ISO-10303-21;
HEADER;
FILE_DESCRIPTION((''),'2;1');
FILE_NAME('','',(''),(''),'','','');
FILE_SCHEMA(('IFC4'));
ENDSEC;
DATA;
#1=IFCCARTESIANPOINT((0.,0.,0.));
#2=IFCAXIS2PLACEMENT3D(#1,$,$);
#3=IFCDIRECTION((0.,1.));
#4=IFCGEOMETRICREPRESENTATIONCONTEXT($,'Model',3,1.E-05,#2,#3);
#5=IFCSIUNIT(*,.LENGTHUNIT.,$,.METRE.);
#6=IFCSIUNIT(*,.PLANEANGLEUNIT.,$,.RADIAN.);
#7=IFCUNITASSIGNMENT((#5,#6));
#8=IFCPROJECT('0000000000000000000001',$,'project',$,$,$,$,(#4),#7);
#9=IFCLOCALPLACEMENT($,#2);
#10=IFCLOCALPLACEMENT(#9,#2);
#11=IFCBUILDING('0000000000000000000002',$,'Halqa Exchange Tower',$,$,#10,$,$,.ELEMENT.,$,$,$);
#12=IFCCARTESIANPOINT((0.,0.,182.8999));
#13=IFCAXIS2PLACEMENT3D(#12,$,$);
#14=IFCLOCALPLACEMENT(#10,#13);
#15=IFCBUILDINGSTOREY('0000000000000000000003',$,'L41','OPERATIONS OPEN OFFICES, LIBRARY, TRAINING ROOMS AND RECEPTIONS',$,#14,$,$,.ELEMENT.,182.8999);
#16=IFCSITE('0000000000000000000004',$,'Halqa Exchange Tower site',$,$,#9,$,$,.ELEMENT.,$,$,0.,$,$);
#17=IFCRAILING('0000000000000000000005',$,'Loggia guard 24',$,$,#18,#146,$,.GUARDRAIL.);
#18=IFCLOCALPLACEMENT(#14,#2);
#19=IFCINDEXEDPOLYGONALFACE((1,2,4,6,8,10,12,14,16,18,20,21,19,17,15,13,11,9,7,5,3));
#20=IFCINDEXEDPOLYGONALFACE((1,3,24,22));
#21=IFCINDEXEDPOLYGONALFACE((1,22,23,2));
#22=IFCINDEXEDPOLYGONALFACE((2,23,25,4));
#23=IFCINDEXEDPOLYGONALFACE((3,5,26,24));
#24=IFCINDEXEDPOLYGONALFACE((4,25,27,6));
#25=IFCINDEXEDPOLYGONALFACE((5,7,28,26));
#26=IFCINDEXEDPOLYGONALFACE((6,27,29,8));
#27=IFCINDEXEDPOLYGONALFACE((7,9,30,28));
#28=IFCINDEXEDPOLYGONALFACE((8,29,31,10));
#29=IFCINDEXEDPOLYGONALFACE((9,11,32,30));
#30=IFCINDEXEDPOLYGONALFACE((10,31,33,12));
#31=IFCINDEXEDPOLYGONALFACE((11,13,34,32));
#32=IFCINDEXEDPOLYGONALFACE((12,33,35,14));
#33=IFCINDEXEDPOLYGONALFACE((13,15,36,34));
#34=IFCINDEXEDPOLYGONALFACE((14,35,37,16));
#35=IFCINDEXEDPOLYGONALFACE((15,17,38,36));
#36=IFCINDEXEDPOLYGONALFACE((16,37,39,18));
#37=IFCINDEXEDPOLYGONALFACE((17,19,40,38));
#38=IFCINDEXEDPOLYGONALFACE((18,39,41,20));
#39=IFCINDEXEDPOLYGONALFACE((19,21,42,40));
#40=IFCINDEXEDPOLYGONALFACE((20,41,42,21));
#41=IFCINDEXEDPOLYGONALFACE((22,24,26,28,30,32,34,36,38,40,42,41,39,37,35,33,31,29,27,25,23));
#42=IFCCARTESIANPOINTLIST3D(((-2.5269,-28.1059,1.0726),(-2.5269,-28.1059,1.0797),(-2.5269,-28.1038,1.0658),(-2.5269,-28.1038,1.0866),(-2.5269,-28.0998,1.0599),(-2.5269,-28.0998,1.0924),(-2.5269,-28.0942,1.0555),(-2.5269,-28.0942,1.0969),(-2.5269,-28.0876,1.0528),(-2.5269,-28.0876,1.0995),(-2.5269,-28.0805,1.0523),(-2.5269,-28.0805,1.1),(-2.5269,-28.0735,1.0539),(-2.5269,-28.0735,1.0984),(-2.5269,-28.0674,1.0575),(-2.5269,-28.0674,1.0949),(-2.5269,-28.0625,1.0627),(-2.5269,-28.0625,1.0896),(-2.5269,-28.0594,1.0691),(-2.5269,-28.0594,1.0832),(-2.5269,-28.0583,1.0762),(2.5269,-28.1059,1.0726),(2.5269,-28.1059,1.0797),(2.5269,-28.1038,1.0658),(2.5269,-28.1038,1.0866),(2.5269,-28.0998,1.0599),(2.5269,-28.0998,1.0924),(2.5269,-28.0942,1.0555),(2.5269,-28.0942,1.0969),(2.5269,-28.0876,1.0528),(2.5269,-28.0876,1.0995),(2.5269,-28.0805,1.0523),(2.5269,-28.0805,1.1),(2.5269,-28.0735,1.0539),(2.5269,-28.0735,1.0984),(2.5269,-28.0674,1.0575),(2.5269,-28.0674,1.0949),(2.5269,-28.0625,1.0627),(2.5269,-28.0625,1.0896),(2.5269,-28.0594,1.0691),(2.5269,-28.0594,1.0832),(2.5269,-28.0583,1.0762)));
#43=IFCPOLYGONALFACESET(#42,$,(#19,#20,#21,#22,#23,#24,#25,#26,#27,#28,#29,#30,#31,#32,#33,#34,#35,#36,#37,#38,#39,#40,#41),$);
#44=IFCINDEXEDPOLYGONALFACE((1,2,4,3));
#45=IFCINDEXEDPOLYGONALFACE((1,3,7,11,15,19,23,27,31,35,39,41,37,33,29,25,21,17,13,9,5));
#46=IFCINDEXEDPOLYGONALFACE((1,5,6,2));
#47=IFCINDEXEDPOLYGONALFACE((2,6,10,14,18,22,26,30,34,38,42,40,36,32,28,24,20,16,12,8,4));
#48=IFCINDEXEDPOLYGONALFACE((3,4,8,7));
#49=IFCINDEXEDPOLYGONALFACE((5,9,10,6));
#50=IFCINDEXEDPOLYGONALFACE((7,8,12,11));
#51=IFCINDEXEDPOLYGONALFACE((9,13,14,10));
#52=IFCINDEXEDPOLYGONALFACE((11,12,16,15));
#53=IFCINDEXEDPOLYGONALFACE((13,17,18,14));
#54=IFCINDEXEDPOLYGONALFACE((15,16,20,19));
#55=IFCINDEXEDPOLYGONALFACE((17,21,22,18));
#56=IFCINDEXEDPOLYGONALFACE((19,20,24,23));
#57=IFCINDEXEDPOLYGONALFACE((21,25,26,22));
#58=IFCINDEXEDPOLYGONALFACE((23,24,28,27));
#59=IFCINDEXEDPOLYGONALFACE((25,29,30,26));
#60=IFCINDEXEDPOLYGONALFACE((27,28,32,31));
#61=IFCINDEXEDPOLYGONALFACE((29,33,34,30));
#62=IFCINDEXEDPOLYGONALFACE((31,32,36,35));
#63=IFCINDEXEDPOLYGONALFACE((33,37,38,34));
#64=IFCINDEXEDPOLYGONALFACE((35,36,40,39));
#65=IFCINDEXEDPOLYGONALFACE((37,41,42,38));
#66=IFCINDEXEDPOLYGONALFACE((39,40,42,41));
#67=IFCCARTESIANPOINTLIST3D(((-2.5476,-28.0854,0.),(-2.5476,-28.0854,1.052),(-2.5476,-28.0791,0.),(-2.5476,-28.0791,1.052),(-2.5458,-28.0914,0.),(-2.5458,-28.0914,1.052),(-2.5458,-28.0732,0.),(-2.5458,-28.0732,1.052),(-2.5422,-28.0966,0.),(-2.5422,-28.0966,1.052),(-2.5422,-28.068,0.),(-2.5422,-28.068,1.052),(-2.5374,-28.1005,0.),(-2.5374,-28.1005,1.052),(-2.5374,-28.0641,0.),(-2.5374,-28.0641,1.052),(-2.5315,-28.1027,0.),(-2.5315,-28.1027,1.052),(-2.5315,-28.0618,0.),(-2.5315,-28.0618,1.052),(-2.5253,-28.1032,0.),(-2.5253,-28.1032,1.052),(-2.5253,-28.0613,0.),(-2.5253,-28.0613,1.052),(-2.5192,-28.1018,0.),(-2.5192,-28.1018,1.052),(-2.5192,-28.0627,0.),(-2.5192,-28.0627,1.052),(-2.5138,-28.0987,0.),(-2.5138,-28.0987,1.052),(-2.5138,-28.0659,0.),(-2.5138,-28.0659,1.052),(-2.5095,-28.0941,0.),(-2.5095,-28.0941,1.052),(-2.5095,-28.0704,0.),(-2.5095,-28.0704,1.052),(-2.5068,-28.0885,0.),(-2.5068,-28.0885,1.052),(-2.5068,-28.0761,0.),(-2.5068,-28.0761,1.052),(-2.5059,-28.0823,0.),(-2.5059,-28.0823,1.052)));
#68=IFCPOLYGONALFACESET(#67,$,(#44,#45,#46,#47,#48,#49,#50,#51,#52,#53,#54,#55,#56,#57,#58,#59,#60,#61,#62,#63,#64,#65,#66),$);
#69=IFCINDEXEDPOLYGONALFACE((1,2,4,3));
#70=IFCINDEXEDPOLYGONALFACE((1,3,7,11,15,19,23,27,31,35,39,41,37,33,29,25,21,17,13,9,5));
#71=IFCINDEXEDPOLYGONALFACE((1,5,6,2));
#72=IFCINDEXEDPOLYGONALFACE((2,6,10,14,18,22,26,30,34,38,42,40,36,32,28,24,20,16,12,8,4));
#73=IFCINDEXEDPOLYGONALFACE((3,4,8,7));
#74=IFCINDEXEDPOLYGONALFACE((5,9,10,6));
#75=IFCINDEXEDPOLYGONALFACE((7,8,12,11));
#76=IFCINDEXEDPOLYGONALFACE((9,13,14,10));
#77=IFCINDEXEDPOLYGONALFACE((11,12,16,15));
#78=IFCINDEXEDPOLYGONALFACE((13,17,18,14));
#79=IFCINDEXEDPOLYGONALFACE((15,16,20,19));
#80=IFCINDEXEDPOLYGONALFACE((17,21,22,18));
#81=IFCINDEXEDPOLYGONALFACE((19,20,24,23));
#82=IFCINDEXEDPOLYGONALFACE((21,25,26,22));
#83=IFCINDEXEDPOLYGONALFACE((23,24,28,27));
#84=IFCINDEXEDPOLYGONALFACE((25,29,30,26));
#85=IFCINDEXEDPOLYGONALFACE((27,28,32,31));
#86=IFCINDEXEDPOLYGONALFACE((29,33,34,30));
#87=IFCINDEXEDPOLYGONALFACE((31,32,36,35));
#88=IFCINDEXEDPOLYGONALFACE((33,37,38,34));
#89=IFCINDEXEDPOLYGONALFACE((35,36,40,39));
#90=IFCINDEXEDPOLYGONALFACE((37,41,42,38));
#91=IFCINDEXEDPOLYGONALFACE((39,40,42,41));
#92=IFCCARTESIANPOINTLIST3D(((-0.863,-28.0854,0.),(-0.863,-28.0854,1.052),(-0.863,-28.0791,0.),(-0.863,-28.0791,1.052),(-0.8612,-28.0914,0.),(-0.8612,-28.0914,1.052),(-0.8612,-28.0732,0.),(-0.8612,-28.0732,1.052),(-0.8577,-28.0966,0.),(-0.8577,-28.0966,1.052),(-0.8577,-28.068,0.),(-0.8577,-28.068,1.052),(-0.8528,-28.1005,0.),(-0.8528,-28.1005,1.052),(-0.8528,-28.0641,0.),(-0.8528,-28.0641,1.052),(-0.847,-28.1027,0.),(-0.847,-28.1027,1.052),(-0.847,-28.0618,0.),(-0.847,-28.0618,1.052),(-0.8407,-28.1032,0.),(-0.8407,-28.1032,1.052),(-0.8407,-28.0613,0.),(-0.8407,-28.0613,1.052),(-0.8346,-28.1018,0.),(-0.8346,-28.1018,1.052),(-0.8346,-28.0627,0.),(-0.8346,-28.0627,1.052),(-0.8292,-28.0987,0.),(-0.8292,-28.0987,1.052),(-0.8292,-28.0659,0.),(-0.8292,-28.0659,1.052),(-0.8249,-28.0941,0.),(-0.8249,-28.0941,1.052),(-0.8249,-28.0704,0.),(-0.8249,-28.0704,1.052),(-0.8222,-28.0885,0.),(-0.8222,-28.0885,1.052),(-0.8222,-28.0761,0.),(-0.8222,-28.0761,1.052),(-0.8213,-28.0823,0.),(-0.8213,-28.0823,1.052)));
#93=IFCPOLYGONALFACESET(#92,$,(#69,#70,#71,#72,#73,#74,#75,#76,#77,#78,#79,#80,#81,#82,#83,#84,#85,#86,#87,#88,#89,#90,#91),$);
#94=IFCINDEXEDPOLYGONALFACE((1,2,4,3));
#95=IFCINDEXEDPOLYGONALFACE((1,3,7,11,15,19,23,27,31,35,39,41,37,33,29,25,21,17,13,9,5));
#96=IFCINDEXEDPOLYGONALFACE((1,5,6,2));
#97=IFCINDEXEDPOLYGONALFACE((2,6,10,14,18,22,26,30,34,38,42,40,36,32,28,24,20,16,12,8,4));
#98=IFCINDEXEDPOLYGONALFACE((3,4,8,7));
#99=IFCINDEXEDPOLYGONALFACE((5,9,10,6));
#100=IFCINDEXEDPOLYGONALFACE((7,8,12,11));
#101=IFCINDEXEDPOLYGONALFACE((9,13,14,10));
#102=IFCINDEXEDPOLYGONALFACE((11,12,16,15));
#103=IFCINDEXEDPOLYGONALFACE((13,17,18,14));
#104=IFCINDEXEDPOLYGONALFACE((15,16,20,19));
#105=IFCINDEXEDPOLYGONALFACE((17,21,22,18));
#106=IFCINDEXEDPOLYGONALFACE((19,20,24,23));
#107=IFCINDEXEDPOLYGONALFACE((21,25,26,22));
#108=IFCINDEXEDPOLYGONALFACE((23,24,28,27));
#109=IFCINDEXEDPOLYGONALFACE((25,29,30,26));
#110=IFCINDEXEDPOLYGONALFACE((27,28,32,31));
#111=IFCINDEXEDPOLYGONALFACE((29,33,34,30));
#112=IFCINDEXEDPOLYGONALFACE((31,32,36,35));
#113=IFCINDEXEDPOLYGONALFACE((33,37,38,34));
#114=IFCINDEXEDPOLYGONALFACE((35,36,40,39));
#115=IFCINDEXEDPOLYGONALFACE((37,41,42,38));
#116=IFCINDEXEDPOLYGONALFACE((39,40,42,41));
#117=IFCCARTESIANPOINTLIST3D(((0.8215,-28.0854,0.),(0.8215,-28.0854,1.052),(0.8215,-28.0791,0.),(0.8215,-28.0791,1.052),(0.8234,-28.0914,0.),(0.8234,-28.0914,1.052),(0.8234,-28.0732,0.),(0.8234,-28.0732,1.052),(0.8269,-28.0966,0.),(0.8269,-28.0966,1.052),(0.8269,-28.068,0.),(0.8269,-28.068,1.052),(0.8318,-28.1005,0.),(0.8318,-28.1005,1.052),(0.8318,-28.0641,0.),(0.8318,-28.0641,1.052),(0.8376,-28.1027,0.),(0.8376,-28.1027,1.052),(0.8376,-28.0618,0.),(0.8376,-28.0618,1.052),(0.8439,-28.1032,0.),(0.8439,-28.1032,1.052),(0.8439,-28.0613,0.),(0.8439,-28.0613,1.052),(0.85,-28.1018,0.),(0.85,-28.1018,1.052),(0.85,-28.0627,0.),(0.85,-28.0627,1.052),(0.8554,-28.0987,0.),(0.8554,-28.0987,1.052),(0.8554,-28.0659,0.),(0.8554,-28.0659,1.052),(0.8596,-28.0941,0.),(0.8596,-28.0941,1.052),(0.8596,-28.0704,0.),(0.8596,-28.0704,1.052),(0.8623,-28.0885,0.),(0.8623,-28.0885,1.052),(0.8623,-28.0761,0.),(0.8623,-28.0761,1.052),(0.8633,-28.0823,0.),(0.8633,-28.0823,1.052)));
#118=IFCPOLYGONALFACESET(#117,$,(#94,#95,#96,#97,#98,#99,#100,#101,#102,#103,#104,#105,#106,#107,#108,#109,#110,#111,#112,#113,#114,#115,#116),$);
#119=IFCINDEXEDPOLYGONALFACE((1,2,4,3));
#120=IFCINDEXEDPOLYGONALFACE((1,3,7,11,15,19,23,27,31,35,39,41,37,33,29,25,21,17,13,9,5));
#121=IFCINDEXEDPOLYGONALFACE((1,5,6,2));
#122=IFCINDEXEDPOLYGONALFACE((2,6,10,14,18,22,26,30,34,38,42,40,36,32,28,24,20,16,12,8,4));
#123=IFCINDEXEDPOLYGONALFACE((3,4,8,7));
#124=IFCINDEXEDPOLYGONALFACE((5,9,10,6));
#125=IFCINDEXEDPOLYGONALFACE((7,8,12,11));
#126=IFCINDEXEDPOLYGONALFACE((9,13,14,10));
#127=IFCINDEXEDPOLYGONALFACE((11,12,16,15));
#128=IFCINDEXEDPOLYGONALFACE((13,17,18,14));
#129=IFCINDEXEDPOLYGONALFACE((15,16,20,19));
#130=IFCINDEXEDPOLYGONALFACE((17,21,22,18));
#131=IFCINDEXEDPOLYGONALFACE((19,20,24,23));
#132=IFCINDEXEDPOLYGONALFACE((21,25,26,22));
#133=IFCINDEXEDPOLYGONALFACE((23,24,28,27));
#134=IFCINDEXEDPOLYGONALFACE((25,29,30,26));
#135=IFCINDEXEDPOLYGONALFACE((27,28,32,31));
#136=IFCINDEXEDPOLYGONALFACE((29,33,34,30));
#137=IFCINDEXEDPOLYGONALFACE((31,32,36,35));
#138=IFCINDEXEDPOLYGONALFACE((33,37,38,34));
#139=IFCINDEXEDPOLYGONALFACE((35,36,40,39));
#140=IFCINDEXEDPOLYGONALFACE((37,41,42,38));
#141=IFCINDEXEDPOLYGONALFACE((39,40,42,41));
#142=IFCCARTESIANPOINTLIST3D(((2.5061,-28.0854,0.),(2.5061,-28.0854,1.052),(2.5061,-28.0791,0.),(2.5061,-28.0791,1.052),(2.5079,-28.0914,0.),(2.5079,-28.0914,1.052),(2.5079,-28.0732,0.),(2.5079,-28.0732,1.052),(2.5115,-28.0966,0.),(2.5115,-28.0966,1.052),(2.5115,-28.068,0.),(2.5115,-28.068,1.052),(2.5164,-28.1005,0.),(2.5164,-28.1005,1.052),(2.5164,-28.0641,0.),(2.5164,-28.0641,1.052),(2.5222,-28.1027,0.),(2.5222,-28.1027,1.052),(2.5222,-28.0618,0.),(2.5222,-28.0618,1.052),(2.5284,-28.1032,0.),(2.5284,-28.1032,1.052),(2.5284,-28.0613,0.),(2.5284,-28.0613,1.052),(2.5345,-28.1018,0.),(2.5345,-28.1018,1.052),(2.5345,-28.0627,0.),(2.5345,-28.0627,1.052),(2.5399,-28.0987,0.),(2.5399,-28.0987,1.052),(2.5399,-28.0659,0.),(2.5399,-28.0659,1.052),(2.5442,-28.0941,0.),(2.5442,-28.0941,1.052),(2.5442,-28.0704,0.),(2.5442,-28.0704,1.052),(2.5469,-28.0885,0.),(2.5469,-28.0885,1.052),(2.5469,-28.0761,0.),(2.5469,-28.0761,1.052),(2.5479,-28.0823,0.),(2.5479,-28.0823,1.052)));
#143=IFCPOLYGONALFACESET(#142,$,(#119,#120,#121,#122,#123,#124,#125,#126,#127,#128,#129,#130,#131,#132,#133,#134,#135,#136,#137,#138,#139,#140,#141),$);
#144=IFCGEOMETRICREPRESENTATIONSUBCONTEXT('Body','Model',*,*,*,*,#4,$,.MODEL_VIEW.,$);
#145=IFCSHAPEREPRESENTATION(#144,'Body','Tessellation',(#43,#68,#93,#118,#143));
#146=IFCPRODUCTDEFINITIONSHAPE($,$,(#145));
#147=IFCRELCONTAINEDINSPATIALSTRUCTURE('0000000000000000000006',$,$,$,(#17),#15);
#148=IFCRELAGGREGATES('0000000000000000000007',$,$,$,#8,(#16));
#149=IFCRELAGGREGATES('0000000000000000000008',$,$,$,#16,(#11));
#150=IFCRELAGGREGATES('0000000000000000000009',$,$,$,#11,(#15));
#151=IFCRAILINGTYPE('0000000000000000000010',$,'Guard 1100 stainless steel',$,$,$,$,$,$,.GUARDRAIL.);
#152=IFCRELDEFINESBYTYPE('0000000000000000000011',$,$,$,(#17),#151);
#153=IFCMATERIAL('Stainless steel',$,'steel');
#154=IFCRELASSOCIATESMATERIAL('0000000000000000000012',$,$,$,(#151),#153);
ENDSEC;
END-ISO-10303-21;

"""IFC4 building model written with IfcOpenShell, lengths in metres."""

from ifc_helpers import new_model, si_unit, direction, frame, origin, origin_2d, place, context, subcontext, project, spatial, circle, extrude, material, type_object, element, save


model = new_model("IFC4")

# Units and contexts
model_context = context("Model", 3, precision=1e-05, world=origin(), true_north=direction((0.0, 1.0)))
body_context = subcontext(model_context, "Body", "Model", "MODEL_VIEW")
ifc_project = project(units=[si_unit("LENGTHUNIT", "METRE"), si_unit("PLANEANGLEUNIT", "RADIAN")], contexts=[model_context])

# Site, building, storey
site_placement = place(None, origin())
site = spatial("IfcSite", under=ifc_project, at=site_placement, Name="Halqa Exchange Tower site", CompositionType="ELEMENT", RefElevation=0.0)
building_placement = place(site_placement, origin())
building = spatial("IfcBuilding", under=site, at=building_placement, Name="Halqa Exchange Tower", CompositionType="ELEMENT")
storey_placement = place(building_placement, frame((0.0, 0.0, 182.8999)))
storey = spatial("IfcBuildingStorey", under=building, at=storey_placement, Name="L41", Description="OPERATIONS OPEN OFFICES, LIBRARY, TRAINING ROOMS AND RECEPTIONS", CompositionType="ELEMENT", Elevation=182.8999)

# Railing
ifc_material_1 = material(Name="Stainless steel", Category="steel")
railing_type = type_object("IfcRailingType", Name="Guard 1100 stainless steel", PredefinedType="GUARDRAIL", material=ifc_material_1)
railing_1_placement = place(storey_placement, frame((-2.5269, -28.0823, 0.0)))
element("IfcRailing", 1, at=railing_1_placement, inside=storey, type_object=railing_type, Name="Loggia guard 24", PredefinedType="GUARDRAIL", context=body_context, shape_type="SweptSolid", body=[
    extrude(circle(Radius=0.0239, at=origin_2d()), frame((0.0, 0.0, 1.0762), z_axis=(1.0, 0.0, 0.0), x_axis=(0.0, 1.0, 0.0)), (0.0, 0.0, 1.0), 5.0537),
    extrude(circle(Radius=0.021, at=origin_2d()), origin(), (0.0, 0.0, 1.0), 1.052),
    extrude(circle(Radius=0.021, at=origin_2d()), frame((1.6846, 0.0, 0.0)), (0.0, 0.0, 1.0), 1.052),
    extrude(circle(Radius=0.021, at=origin_2d()), frame((3.3691, 0.0, 0.0)), (0.0, 0.0, 1.0), 1.052),
    extrude(circle(Radius=0.021, at=origin_2d()), frame((5.0537, 0.0, 0.0)), (0.0, 0.0, 1.0), 1.052),
])

save(model, "model.ifc")
